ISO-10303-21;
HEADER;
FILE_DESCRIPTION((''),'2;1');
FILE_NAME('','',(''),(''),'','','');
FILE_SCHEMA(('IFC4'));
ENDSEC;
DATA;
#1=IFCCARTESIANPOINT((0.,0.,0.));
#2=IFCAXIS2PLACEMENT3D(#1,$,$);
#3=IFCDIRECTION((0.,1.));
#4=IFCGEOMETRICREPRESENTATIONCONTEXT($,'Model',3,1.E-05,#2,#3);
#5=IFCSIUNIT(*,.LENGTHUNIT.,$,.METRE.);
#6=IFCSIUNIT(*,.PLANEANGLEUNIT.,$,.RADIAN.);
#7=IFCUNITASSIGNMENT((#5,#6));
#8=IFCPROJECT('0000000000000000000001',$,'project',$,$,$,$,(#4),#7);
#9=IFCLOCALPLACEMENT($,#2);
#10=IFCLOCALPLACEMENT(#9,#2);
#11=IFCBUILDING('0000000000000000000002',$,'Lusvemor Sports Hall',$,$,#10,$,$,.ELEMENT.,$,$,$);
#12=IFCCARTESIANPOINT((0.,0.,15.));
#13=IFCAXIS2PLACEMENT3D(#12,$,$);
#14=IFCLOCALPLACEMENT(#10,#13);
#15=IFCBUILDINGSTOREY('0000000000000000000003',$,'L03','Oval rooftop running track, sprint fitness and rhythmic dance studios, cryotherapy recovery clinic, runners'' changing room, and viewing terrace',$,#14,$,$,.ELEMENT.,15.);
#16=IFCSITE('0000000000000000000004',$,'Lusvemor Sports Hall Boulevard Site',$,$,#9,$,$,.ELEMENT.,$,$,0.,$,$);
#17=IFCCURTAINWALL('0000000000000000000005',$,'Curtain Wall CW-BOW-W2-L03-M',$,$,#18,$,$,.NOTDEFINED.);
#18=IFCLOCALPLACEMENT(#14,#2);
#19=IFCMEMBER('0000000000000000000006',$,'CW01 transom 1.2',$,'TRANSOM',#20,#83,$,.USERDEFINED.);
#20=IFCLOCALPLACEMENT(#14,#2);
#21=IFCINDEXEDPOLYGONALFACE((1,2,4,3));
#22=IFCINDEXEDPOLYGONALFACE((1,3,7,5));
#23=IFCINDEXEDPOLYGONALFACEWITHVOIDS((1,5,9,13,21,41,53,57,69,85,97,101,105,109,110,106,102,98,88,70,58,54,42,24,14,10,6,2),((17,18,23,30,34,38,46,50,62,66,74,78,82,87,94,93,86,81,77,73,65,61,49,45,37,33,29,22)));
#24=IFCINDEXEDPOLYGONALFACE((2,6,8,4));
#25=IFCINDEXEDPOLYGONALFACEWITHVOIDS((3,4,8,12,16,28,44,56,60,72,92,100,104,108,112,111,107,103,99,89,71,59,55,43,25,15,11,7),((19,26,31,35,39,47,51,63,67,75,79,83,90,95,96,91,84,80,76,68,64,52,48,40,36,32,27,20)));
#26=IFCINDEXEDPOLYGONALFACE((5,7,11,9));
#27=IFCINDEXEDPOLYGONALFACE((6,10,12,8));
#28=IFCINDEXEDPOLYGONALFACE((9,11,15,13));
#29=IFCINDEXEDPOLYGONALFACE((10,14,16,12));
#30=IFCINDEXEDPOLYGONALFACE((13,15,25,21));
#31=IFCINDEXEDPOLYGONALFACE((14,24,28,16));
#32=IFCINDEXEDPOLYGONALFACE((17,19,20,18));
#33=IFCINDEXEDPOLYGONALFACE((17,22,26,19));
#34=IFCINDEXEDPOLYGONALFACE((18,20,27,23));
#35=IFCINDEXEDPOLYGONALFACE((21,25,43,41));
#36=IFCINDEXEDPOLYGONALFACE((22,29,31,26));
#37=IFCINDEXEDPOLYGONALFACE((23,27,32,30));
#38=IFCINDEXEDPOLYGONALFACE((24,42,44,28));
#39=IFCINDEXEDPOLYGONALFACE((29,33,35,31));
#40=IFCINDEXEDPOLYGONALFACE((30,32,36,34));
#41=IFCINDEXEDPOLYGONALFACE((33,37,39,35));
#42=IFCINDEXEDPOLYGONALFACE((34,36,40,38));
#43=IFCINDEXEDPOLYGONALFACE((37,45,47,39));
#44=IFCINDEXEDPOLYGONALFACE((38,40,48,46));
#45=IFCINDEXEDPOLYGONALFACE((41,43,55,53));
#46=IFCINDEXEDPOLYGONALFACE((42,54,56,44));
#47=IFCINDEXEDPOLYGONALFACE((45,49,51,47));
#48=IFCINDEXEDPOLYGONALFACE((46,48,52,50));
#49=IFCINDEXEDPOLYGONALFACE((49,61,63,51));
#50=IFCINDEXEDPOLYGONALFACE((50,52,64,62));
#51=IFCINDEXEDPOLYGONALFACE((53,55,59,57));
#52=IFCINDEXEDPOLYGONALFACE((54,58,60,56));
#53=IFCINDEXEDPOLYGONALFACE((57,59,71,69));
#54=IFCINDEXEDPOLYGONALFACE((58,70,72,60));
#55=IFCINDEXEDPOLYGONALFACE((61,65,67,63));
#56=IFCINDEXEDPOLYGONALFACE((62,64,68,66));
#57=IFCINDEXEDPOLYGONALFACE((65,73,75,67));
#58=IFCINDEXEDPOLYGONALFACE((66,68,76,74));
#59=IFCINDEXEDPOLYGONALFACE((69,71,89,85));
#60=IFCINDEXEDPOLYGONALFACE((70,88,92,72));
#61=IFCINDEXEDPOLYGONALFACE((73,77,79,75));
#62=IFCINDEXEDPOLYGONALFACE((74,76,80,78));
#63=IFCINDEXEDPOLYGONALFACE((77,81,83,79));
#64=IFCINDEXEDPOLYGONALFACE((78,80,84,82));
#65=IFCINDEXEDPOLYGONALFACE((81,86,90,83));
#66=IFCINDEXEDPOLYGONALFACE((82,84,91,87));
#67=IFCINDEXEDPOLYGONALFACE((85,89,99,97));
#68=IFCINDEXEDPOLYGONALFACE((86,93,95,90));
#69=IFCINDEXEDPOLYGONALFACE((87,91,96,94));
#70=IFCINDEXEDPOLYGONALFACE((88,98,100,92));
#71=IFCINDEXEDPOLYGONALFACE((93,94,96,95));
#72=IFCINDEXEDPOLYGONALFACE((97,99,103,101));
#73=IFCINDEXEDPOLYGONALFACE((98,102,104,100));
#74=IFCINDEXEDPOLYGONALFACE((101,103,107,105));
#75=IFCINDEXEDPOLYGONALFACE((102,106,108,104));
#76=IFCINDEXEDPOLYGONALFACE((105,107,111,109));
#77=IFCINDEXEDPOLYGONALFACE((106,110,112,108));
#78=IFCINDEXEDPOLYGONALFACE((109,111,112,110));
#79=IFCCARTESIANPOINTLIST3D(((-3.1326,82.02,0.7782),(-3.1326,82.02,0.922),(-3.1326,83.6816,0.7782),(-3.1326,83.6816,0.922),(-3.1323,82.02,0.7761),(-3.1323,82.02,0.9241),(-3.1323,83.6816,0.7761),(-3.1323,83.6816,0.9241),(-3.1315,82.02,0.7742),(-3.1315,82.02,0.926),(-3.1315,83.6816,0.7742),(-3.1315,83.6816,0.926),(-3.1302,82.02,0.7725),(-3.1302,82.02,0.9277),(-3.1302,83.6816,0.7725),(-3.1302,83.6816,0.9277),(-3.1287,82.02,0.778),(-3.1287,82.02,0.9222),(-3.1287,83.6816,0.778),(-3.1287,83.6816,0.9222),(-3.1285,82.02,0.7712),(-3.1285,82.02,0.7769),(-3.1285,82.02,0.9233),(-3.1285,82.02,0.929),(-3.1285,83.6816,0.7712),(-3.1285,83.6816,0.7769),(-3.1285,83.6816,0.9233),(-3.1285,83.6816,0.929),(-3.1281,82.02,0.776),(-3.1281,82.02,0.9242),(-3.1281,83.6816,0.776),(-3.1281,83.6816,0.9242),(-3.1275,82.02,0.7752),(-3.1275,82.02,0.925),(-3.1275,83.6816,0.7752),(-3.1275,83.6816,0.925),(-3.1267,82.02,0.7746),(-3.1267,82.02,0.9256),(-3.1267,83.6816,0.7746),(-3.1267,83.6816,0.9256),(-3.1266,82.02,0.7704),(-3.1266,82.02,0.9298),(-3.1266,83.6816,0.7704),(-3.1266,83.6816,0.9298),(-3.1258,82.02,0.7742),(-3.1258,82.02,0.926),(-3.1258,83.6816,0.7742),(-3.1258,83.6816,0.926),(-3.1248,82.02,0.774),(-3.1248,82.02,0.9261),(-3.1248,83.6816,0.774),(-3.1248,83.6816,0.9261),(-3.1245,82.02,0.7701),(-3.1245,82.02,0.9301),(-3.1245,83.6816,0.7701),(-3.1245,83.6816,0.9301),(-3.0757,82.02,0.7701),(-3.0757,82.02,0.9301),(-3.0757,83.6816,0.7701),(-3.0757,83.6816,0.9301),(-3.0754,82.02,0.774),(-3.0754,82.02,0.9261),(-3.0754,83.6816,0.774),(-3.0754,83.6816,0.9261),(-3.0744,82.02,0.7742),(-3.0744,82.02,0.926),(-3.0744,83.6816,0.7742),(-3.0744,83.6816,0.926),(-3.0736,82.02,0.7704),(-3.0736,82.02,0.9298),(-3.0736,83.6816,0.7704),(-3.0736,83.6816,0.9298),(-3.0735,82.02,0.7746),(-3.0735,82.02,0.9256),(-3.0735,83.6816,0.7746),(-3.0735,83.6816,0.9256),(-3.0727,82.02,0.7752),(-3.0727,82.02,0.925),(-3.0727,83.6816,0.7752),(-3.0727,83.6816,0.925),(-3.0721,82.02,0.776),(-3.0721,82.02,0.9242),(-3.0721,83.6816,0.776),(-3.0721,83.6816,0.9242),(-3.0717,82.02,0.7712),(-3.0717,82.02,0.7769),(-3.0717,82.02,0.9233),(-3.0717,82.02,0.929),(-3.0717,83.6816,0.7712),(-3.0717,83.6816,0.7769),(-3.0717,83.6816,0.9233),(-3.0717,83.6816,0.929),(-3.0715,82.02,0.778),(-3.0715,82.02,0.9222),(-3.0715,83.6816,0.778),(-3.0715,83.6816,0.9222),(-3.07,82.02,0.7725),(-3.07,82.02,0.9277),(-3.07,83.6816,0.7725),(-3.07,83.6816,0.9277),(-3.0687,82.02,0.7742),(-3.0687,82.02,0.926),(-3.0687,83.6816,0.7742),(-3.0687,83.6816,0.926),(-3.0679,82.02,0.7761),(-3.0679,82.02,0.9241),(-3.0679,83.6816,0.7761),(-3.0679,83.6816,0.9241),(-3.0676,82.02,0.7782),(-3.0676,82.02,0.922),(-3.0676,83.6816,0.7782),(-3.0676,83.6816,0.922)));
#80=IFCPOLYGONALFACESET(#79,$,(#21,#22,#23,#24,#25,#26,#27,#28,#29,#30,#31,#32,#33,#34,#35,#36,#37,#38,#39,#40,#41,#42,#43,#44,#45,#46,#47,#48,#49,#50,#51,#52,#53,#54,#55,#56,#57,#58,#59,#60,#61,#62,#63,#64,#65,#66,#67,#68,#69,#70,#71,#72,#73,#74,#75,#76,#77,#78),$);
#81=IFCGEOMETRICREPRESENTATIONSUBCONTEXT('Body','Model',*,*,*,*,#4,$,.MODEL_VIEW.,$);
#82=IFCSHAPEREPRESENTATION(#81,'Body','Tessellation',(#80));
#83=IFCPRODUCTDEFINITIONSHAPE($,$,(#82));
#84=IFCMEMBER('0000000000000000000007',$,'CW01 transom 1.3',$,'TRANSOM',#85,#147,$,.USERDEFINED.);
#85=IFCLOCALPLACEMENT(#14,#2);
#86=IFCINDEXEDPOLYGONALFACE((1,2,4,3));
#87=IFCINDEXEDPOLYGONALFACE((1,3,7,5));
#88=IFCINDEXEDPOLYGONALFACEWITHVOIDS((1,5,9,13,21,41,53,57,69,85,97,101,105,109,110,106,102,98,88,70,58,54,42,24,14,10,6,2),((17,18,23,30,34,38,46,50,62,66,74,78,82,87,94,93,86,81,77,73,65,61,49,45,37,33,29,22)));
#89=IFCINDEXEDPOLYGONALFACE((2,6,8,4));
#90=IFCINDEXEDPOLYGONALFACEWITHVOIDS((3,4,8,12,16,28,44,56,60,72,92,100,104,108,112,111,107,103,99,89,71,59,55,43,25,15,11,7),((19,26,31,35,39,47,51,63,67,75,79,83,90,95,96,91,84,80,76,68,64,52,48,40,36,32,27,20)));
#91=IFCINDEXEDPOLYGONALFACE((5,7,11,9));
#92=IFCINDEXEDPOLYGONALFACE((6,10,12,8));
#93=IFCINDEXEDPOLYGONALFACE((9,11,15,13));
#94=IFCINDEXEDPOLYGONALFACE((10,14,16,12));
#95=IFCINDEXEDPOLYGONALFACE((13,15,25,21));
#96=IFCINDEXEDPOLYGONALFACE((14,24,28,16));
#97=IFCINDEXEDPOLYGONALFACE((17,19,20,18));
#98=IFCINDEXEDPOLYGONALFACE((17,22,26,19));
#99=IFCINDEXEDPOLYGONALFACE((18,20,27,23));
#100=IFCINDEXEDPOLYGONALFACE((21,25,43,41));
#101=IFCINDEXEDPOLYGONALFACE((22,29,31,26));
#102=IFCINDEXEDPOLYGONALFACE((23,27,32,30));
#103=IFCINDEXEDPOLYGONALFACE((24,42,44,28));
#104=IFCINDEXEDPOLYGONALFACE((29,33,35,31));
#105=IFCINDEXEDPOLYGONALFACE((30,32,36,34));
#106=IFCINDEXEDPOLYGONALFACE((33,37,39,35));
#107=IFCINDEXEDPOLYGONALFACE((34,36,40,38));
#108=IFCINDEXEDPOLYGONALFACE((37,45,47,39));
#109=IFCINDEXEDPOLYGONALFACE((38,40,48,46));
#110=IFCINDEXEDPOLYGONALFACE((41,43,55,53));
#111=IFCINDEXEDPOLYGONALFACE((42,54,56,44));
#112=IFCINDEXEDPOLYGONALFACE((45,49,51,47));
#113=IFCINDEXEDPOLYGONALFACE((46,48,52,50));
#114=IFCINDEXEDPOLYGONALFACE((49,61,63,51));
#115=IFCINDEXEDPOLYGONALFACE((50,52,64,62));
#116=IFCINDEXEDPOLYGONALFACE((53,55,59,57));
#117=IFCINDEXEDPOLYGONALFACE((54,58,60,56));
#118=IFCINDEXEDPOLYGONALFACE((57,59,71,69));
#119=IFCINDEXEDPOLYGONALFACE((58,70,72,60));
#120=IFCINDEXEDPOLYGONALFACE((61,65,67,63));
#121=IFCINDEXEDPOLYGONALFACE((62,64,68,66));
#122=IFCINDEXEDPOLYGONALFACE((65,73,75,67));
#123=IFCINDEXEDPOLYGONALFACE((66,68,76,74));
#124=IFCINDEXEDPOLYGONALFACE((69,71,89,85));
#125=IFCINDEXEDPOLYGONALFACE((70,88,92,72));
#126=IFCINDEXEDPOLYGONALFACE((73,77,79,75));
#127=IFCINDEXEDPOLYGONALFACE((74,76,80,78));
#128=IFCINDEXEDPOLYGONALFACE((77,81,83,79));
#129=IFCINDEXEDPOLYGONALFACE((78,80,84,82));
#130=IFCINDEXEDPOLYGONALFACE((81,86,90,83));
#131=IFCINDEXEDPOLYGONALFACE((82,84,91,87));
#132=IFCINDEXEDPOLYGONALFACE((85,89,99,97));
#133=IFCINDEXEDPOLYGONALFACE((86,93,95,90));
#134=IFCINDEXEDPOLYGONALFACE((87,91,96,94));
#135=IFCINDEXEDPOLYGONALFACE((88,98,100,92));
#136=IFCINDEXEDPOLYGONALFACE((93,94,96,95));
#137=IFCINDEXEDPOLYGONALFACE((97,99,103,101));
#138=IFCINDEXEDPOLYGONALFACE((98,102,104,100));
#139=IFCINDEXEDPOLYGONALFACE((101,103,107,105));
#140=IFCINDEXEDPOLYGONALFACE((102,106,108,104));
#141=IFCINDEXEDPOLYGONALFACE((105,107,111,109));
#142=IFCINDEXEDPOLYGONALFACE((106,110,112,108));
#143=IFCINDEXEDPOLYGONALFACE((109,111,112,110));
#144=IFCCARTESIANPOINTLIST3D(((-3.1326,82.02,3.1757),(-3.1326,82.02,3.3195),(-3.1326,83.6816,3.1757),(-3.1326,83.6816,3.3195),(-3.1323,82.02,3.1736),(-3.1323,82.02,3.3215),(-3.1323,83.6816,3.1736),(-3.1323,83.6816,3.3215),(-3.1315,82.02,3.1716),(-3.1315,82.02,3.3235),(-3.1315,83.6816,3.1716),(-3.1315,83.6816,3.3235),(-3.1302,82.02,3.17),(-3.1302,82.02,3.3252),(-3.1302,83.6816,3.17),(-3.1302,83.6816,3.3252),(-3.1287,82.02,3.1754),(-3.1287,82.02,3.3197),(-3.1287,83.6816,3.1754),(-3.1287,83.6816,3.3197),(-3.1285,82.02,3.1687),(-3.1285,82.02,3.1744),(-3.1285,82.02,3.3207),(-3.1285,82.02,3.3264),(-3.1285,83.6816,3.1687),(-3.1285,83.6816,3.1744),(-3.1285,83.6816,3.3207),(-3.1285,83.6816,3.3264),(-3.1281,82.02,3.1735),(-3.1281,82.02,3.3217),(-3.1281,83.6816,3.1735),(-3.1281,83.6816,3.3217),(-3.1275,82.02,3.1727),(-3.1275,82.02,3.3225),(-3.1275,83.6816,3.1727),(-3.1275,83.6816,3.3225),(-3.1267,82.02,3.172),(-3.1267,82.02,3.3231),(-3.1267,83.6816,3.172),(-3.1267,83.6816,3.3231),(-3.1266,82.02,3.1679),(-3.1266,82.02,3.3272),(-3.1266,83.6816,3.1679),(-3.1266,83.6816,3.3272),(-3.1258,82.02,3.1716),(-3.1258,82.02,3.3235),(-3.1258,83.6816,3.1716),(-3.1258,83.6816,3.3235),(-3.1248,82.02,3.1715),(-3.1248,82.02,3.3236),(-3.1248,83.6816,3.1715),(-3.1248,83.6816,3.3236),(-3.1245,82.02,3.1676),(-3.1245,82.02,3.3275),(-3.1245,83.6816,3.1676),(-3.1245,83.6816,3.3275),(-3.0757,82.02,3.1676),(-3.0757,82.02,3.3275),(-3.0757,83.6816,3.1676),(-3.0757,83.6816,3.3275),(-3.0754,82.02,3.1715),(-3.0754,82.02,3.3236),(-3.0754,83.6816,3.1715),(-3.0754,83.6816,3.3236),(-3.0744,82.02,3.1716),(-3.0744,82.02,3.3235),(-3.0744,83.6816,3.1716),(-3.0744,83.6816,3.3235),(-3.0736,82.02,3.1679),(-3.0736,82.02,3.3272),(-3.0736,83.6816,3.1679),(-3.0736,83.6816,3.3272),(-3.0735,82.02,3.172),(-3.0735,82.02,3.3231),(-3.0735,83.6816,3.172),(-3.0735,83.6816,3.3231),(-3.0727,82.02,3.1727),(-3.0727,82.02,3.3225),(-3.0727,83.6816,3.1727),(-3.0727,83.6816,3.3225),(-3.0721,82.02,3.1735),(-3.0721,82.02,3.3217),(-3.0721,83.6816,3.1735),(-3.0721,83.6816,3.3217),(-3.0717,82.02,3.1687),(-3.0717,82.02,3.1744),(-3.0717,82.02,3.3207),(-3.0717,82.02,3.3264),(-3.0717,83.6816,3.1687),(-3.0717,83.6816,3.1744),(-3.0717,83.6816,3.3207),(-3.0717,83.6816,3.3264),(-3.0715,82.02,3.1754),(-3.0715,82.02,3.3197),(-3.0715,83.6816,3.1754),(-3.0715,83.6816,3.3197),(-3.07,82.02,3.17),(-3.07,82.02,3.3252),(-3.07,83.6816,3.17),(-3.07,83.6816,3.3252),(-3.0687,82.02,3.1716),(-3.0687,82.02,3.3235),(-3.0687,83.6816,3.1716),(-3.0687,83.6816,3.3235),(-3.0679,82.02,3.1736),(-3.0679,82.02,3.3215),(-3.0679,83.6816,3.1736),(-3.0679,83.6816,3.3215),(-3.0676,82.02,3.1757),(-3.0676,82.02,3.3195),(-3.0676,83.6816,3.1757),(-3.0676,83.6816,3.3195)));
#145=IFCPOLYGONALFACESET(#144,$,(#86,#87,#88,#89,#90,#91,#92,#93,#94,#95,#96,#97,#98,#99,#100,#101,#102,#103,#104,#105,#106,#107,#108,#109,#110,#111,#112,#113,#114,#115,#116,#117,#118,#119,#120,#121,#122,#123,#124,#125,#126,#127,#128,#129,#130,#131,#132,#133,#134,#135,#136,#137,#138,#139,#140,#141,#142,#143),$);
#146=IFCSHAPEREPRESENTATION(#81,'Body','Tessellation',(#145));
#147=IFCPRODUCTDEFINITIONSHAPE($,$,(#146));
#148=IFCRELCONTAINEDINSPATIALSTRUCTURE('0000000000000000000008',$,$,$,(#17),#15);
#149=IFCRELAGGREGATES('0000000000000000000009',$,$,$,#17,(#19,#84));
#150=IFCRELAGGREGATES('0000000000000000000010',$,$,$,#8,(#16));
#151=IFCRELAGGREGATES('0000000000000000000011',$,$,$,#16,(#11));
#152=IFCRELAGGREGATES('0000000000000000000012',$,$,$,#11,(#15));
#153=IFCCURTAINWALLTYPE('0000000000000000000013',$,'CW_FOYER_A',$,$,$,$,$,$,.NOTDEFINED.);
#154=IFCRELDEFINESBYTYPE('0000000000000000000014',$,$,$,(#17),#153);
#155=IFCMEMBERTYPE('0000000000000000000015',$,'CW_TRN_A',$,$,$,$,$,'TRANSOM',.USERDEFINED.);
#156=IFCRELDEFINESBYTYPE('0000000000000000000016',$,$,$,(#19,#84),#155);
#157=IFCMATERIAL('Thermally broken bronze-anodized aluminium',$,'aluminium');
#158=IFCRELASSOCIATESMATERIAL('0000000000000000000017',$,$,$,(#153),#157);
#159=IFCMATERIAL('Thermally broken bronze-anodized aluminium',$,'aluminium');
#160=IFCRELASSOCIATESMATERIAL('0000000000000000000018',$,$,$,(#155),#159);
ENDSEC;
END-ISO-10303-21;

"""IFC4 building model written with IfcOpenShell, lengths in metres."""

from ifc_helpers import new_model, si_unit, direction, frame, origin, origin_2d, place, context, subcontext, project, spatial, hollow_rectangle, extrude, material, material_profile, profile_set, type_object, element, aggregate, save


model = new_model("IFC4")

# Units and contexts
model_context = context("Model", 3, precision=1e-05, world=origin(), true_north=direction((0.0, 1.0)))
body_context = subcontext(model_context, "Body", "Model", "MODEL_VIEW")
ifc_project = project(units=[si_unit("LENGTHUNIT", "METRE"), si_unit("PLANEANGLEUNIT", "RADIAN")], contexts=[model_context])

# Site, building, storey
site_placement = place(None, origin())
site = spatial("IfcSite", under=ifc_project, at=site_placement, Name="Lusvemor Sports Hall Boulevard Site", CompositionType="ELEMENT", RefElevation=0.0)
building_placement = place(site_placement, origin())
building = spatial("IfcBuilding", under=site, at=building_placement, Name="Lusvemor Sports Hall", CompositionType="ELEMENT")
storey_placement = place(building_placement, frame((0.0, 0.0, 15.0)))
storey = spatial("IfcBuildingStorey", under=building, at=storey_placement, Name="L03", Description="Oval rooftop running track, sprint fitness and rhythmic dance studios, cryotherapy recovery clinic, runners' changing room, and viewing terrace", CompositionType="ELEMENT", Elevation=15.0)

# Curtain wall
ifc_material_1 = material(Name="Thermally broken bronze-anodized aluminium", Category="aluminium")
curtain_wall_type_1 = type_object("IfcCurtainWallType", Name="CW_FOYER_A", PredefinedType="NOTDEFINED", material=ifc_material_1)
curtain_wall_1_placement = place(storey_placement, origin())
curtain_wall_1 = element("IfcCurtainWall", 1, at=curtain_wall_1_placement, inside=storey, type_object=curtain_wall_type_1, Name="Curtain Wall CW-BOW-W2-L03-M", PredefinedType="NOTDEFINED")

# Members
ifc_material_2 = material(Name="Thermally broken bronze-anodized aluminium", Category="aluminium")
ifc_material_profile_1 = material_profile(ifc_material_2, hollow_rectangle(XDim=0.0649, YDim=0.1599, WallThickness=0.0039, InnerFilletRadius=0.0039, OuterFilletRadius=0.0081, at=origin_2d()), Name="CWTRN160x65x4")
ifc_profile_set_1 = profile_set([ifc_material_profile_1], Name="Thermally broken bronze-anodized aluminium")
member_type_1 = type_object("IfcMemberType", Name="CW_TRN_A", ElementType="TRANSOM", PredefinedType="USERDEFINED", material=ifc_profile_set_1)
member_1_placement = place(storey_placement, frame((-3.1001, 82.02, 0.8501), z_axis=(0.0, 1.0, 0.0), x_axis=(-1.0, 0.0, 0.0)))
member_1 = element("IfcMember", 2, at=member_1_placement, type_object=member_type_1, Name="CW01 transom 1.2", ObjectType="TRANSOM", PredefinedType="USERDEFINED", context=body_context, shape_type="SweptSolid", body=[
    extrude(hollow_rectangle(XDim=0.0649, YDim=0.1599, WallThickness=0.0039, InnerFilletRadius=0.0039, OuterFilletRadius=0.0081, at=origin_2d()), origin(), (0.0, 0.0, 1.0), 1.6616),
])
member_2_placement = place(storey_placement, frame((-3.1001, 82.02, 3.2476), z_axis=(0.0, 1.0, 0.0), x_axis=(-1.0, 0.0, 0.0)))
member_2 = element("IfcMember", 3, at=member_2_placement, type_object=member_type_1, Name="CW01 transom 1.3", ObjectType="TRANSOM", PredefinedType="USERDEFINED", context=body_context, shape_type="SweptSolid", body=[
    extrude(hollow_rectangle(XDim=0.0649, YDim=0.1599, WallThickness=0.0039, InnerFilletRadius=0.0039, OuterFilletRadius=0.0081, at=origin_2d()), origin(), (0.0, 0.0, 1.0), 1.6616),
])

aggregate(curtain_wall_1, [member_1, member_2])

save(model, "model.ifc")
